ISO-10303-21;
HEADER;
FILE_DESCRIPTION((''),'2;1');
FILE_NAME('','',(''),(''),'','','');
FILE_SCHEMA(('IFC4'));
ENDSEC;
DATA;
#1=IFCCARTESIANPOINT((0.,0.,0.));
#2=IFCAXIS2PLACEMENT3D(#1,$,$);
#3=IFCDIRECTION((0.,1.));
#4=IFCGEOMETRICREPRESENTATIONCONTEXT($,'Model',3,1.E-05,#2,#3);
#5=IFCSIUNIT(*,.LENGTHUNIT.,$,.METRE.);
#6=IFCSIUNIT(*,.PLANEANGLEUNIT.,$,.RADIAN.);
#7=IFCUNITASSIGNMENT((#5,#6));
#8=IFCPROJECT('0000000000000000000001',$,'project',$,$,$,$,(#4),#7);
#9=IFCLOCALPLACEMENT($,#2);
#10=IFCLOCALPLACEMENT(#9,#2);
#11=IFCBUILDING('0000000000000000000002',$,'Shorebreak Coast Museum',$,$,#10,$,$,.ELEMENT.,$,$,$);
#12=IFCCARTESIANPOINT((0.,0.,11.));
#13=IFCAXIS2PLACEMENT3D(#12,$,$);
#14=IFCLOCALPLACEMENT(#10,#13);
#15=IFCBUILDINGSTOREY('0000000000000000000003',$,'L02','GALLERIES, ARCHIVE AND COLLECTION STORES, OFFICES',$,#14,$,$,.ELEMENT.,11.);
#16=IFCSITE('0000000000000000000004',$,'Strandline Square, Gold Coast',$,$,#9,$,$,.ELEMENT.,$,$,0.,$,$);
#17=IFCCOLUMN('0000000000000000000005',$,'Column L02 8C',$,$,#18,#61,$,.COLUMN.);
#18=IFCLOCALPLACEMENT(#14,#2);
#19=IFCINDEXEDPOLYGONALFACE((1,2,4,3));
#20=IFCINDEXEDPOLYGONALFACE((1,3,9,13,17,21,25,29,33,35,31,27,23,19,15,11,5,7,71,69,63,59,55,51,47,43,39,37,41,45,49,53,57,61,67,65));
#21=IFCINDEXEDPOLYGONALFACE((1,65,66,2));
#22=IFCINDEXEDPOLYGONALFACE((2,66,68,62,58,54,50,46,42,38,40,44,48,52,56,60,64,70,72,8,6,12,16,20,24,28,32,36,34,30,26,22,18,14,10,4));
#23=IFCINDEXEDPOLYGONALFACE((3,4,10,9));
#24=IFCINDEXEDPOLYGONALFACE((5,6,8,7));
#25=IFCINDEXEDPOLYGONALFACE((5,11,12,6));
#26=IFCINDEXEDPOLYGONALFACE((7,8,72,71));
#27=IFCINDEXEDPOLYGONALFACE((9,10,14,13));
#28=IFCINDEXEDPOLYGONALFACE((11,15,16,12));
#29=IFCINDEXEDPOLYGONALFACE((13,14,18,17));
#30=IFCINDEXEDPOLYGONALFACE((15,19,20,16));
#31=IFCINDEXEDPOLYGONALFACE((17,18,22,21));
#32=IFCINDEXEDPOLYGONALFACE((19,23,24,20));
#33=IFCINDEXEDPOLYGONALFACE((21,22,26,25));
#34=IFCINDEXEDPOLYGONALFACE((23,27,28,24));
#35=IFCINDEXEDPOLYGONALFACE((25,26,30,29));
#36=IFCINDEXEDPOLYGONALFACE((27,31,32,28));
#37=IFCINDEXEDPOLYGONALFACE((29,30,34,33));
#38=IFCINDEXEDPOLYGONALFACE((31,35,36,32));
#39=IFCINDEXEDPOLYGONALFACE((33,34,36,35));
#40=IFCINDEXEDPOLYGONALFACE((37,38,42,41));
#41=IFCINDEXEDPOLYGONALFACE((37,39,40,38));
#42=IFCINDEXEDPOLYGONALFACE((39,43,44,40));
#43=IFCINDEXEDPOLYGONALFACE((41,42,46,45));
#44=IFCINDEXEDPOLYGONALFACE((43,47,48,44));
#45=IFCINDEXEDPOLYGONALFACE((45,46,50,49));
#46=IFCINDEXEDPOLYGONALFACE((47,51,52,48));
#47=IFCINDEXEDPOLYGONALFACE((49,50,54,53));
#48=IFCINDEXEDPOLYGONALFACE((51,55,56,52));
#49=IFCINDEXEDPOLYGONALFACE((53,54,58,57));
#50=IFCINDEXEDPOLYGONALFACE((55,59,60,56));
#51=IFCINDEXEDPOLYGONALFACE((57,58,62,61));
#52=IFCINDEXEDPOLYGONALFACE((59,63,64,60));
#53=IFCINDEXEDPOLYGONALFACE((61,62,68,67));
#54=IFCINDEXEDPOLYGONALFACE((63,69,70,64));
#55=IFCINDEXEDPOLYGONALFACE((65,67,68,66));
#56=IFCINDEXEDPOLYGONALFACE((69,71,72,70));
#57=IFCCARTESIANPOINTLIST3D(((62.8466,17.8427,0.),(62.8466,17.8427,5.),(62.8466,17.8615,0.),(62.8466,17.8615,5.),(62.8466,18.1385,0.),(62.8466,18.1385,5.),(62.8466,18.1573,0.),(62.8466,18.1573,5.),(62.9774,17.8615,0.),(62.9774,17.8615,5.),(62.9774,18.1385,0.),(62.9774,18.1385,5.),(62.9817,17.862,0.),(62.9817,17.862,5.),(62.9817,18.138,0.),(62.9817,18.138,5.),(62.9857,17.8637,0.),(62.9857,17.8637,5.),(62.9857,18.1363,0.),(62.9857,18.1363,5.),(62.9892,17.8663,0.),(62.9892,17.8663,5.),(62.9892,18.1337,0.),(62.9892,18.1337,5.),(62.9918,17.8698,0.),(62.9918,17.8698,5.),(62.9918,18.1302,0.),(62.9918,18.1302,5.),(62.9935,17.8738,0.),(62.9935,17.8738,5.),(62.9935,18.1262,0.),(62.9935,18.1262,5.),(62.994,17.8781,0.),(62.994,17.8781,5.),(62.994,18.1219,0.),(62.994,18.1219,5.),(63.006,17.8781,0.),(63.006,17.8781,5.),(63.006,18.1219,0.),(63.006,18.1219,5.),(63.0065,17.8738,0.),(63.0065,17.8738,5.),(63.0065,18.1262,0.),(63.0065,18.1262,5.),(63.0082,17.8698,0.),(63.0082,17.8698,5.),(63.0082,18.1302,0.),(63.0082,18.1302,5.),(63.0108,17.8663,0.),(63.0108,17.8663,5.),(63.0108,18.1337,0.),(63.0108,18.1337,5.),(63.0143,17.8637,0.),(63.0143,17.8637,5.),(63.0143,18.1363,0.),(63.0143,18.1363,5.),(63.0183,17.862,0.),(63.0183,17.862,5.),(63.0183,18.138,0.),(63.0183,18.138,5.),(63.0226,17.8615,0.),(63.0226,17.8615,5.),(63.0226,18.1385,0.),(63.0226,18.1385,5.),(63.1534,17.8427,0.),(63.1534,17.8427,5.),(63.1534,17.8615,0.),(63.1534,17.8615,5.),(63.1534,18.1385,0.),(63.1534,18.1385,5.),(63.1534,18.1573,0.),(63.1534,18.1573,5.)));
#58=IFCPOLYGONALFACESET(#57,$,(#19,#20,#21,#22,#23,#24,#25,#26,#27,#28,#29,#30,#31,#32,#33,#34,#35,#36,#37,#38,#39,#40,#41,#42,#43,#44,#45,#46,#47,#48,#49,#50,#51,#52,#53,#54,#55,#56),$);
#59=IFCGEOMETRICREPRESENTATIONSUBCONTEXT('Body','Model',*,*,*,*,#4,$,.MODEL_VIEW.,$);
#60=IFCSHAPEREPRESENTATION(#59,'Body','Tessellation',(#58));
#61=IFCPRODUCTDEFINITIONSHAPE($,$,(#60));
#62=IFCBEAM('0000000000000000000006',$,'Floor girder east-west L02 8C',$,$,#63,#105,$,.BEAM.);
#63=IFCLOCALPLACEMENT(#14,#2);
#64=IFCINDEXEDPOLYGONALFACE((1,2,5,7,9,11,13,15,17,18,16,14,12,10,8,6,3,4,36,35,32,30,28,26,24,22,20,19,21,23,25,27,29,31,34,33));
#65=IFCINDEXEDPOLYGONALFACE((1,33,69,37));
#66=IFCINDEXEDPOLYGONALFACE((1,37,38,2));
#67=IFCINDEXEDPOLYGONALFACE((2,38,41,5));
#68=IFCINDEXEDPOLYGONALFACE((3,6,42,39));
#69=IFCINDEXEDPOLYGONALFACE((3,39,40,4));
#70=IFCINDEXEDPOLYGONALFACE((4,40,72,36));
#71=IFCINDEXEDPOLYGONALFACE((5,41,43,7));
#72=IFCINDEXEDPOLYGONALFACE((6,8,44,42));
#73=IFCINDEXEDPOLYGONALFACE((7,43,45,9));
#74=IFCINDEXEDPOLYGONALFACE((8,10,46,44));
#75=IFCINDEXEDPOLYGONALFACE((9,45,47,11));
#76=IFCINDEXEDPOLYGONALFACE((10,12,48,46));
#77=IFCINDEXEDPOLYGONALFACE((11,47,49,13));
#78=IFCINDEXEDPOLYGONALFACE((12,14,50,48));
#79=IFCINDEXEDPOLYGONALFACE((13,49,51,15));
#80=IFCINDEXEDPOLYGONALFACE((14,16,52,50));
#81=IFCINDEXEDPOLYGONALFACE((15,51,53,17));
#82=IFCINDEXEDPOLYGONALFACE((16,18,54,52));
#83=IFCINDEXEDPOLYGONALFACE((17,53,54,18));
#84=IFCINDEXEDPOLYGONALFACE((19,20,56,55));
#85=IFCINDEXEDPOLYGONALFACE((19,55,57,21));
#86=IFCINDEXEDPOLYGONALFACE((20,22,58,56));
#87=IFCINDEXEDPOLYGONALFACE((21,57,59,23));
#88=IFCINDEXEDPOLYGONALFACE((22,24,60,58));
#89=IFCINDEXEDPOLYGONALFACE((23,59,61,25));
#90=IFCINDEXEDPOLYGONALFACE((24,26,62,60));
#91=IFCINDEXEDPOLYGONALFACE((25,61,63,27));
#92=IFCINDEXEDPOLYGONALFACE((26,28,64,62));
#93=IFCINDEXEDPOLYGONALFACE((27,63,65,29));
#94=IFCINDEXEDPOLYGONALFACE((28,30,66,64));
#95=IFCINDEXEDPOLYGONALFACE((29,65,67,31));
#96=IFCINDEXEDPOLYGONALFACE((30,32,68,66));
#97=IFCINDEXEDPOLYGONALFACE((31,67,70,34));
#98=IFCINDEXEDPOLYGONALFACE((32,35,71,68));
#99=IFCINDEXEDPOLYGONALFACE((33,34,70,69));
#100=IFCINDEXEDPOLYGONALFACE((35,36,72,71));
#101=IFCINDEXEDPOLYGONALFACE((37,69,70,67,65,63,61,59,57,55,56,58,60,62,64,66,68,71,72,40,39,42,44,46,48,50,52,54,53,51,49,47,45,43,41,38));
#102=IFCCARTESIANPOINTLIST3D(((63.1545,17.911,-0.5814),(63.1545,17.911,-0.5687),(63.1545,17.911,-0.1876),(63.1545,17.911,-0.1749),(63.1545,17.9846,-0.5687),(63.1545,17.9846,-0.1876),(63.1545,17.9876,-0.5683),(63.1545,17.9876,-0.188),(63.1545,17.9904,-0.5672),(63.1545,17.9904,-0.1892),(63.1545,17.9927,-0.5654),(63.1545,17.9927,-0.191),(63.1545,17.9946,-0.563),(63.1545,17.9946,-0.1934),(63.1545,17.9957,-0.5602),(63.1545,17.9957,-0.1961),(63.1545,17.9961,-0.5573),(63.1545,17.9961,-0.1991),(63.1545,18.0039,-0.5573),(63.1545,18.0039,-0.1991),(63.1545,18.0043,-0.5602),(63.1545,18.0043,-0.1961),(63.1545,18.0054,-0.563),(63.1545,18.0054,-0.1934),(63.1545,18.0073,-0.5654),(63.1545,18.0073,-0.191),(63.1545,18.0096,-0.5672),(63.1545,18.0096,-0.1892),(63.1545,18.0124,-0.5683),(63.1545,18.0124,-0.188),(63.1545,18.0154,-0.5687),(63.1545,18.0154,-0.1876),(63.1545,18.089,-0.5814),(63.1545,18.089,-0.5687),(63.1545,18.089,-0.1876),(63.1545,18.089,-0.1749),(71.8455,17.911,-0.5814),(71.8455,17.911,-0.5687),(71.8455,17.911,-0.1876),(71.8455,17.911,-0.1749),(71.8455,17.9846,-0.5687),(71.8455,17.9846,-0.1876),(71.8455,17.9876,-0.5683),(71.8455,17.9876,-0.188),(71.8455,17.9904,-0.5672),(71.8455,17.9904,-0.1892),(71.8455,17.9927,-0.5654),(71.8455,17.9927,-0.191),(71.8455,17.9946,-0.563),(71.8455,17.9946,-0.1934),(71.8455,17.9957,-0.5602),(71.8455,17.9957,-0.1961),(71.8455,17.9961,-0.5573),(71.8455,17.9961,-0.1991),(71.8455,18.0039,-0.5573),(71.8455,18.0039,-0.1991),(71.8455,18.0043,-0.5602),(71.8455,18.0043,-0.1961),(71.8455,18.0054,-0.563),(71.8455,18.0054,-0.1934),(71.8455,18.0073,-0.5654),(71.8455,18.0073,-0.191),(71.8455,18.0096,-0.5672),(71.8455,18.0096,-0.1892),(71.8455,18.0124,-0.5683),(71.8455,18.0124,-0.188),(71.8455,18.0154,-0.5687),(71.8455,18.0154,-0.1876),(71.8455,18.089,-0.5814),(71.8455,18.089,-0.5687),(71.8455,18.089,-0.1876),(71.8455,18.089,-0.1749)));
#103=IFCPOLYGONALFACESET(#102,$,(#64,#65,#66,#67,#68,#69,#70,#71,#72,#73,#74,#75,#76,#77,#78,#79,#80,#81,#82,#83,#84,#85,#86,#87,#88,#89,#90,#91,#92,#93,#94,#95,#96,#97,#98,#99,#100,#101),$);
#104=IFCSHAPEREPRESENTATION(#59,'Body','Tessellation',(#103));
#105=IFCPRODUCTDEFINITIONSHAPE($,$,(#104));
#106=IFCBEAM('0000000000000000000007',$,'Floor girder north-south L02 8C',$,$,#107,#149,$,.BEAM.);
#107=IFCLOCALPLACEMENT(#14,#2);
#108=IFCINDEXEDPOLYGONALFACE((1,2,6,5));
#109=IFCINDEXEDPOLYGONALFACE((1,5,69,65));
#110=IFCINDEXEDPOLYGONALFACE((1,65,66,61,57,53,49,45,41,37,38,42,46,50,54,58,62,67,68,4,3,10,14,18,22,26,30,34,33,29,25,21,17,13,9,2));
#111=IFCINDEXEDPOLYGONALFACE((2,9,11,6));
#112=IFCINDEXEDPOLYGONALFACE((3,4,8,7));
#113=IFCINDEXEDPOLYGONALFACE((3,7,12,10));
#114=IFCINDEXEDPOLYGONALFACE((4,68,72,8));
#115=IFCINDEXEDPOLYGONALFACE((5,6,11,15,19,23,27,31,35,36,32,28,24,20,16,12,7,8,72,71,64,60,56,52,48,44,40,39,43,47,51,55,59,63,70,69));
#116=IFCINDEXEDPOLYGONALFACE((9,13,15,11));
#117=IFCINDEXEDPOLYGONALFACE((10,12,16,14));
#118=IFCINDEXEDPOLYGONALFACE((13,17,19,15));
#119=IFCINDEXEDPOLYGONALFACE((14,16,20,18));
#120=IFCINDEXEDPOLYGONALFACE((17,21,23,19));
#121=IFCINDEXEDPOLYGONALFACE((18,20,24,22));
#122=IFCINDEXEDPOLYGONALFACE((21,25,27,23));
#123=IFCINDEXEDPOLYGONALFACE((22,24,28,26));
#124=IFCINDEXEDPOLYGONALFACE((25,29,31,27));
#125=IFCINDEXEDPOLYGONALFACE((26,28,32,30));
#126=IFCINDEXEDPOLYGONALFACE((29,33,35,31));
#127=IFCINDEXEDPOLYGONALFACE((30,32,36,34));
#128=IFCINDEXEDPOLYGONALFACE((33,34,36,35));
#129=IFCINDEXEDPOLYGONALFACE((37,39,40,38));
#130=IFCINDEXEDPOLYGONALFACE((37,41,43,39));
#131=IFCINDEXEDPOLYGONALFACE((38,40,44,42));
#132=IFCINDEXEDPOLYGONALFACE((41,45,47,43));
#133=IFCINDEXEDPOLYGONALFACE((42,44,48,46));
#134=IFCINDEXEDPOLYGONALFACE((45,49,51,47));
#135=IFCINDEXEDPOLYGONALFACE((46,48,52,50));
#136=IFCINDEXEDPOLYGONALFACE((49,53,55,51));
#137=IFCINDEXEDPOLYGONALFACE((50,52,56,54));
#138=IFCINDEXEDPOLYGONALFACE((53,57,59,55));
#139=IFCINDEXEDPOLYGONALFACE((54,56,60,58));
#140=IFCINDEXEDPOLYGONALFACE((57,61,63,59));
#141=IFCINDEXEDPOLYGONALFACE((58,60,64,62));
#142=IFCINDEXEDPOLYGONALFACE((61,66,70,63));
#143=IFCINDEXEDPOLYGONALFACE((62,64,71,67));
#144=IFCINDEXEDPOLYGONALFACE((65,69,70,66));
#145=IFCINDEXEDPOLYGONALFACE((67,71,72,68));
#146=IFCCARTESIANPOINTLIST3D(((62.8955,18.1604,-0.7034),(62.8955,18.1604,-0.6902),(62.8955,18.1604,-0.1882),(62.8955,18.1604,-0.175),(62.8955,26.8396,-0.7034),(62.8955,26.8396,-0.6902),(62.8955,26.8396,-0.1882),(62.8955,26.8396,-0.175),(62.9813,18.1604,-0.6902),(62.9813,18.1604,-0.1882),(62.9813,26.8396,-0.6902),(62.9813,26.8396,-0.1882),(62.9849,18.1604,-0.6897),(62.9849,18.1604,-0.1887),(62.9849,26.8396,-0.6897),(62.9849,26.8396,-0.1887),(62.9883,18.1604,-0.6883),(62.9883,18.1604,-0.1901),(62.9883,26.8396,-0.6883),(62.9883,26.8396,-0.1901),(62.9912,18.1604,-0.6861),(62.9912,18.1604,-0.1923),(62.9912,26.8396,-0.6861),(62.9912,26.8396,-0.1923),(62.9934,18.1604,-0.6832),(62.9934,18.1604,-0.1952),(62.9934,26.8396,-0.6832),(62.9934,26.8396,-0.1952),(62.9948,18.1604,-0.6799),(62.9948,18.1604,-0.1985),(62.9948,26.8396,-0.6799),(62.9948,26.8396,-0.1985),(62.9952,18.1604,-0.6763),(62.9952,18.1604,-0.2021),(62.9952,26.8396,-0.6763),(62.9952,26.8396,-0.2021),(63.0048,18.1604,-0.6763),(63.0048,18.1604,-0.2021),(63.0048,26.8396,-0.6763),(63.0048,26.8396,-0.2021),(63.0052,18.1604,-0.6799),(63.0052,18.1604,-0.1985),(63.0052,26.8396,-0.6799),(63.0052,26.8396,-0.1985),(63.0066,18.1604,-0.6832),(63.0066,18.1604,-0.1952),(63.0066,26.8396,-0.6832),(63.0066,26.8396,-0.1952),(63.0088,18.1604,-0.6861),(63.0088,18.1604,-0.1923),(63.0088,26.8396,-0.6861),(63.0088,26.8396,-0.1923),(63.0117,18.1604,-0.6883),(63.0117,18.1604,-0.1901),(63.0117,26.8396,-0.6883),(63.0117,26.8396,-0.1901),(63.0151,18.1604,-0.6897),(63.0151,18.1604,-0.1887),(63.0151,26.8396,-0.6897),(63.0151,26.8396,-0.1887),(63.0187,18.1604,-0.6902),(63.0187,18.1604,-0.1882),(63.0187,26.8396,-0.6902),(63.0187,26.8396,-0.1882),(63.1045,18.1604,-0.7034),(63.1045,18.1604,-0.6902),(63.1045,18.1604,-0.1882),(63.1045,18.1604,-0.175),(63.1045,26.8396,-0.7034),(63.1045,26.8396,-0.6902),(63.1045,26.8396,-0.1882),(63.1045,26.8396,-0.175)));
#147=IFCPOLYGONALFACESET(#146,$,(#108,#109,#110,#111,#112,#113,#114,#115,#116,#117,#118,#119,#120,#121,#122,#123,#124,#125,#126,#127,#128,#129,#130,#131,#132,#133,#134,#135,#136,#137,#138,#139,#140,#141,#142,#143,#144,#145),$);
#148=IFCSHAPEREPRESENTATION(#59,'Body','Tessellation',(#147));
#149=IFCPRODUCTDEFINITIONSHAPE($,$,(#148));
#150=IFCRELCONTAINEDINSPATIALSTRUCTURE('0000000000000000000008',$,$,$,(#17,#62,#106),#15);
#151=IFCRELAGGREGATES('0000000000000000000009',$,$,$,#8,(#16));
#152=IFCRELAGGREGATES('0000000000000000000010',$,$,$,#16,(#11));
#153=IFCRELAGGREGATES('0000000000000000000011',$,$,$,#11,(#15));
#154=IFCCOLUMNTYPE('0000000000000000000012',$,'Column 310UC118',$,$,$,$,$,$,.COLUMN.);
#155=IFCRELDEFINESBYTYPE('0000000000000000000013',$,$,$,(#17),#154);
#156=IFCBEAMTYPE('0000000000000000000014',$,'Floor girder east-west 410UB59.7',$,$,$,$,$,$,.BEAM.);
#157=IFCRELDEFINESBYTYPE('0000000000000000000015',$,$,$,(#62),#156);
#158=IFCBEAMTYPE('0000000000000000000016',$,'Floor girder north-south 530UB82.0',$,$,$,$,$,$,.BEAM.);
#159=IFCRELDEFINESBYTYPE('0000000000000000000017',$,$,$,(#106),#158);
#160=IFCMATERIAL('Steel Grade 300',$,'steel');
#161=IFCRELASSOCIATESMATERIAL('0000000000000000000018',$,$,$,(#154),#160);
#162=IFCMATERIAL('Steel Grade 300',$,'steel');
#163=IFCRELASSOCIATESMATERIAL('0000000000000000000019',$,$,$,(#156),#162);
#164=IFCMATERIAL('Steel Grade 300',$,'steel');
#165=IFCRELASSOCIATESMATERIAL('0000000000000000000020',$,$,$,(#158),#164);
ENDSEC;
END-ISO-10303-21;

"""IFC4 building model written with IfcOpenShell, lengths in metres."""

from ifc_helpers import new_model, si_unit, direction, frame, origin, origin_2d, place, context, subcontext, project, spatial, i_section, extrude, material, material_profile, profile_set, type_object, element, save


model = new_model("IFC4")

# Units and contexts
model_context = context("Model", 3, precision=1e-05, world=origin(), true_north=direction((0.0, 1.0)))
body_context = subcontext(model_context, "Body", "Model", "MODEL_VIEW")
ifc_project = project(units=[si_unit("LENGTHUNIT", "METRE"), si_unit("PLANEANGLEUNIT", "RADIAN")], contexts=[model_context])

# Site, building, storey
site_placement = place(None, origin())
site = spatial("IfcSite", under=ifc_project, at=site_placement, Name="Strandline Square, Gold Coast", CompositionType="ELEMENT", RefElevation=0.0)
building_placement = place(site_placement, origin())
building = spatial("IfcBuilding", under=site, at=building_placement, Name="Shorebreak Coast Museum", CompositionType="ELEMENT")
storey_placement = place(building_placement, frame((0.0, 0.0, 11.0)))
storey = spatial("IfcBuildingStorey", under=building, at=storey_placement, Name="L02", Description="GALLERIES, ARCHIVE AND COLLECTION STORES, OFFICES", CompositionType="ELEMENT", Elevation=11.0)

# Column
ifc_material_1 = material(Name="Steel Grade 300", Category="steel")
ifc_material_profile_1 = material_profile(ifc_material_1, i_section(OverallWidth=0.3069, OverallDepth=0.3147, WebThickness=0.012, FlangeThickness=0.0188, FilletRadius=0.0166, at=origin_2d()), Name="310UC118")
ifc_profile_set_1 = profile_set([ifc_material_profile_1], Name="Steel Grade 300")
column_type = type_object("IfcColumnType", Name="Column 310UC118", PredefinedType="COLUMN", material=ifc_profile_set_1)
column_placement = place(storey_placement, frame((63.0, 18.0, 0.0), z_axis=(0.0, 0.0, 1.0), x_axis=(1.0, 0.0, 0.0)))
element("IfcColumn", 1, at=column_placement, inside=storey, type_object=column_type, Name="Column L02 8C", PredefinedType="COLUMN", context=body_context, shape_type="SweptSolid", body=[
    extrude(i_section(OverallWidth=0.3069, OverallDepth=0.3147, WebThickness=0.012, FlangeThickness=0.0188, FilletRadius=0.0166, at=origin_2d()), origin(), (0.0, 0.0, 1.0), 5.0),
])

# Beams
ifc_material_2 = material(Name="Steel Grade 300", Category="steel")
ifc_material_profile_2 = material_profile(ifc_material_2, i_section(OverallWidth=0.178, OverallDepth=0.4065, WebThickness=0.0078, FlangeThickness=0.0127, FilletRadius=0.0115, at=origin_2d()), Name="410UB59.7")
ifc_profile_set_2 = profile_set([ifc_material_profile_2], Name="Steel Grade 300")
beam_type_1 = type_object("IfcBeamType", Name="Floor girder east-west 410UB59.7", PredefinedType="BEAM", material=ifc_profile_set_2)
beam_1_placement = place(storey_placement, frame((63.1545, 18.0, -0.3782), z_axis=(1.0, 0.0, 0.0), x_axis=(0.0, 1.0, 0.0)))
element("IfcBeam", 2, at=beam_1_placement, inside=storey, type_object=beam_type_1, Name="Floor girder east-west L02 8C", PredefinedType="BEAM", context=body_context, shape_type="SweptSolid", body=[
    extrude(i_section(OverallWidth=0.178, OverallDepth=0.4065, WebThickness=0.0078, FlangeThickness=0.0127, FilletRadius=0.0115, at=origin_2d()), origin(), (0.0, 0.0, 1.0), 8.6909),
])
ifc_material_3 = material(Name="Steel Grade 300", Category="steel")
ifc_material_profile_3 = material_profile(ifc_material_3, i_section(OverallWidth=0.209, OverallDepth=0.5283, WebThickness=0.0095, FlangeThickness=0.0132, FilletRadius=0.0139, at=origin_2d()), Name="530UB82.0")
ifc_profile_set_3 = profile_set([ifc_material_profile_3], Name="Steel Grade 300")
beam_type_2 = type_object("IfcBeamType", Name="Floor girder north-south 530UB82.0", PredefinedType="BEAM", material=ifc_profile_set_3)
beam_2_placement = place(storey_placement, frame((63.0, 18.1604, -0.4392), z_axis=(0.0, 1.0, 0.0), x_axis=(-1.0, 0.0, 0.0)))
element("IfcBeam", 3, at=beam_2_placement, inside=storey, type_object=beam_type_2, Name="Floor girder north-south L02 8C", PredefinedType="BEAM", context=body_context, shape_type="SweptSolid", body=[
    extrude(i_section(OverallWidth=0.209, OverallDepth=0.5283, WebThickness=0.0095, FlangeThickness=0.0132, FilletRadius=0.0139, at=origin_2d()), origin(), (0.0, 0.0, 1.0), 8.6792),
])

save(model, "model.ifc")
